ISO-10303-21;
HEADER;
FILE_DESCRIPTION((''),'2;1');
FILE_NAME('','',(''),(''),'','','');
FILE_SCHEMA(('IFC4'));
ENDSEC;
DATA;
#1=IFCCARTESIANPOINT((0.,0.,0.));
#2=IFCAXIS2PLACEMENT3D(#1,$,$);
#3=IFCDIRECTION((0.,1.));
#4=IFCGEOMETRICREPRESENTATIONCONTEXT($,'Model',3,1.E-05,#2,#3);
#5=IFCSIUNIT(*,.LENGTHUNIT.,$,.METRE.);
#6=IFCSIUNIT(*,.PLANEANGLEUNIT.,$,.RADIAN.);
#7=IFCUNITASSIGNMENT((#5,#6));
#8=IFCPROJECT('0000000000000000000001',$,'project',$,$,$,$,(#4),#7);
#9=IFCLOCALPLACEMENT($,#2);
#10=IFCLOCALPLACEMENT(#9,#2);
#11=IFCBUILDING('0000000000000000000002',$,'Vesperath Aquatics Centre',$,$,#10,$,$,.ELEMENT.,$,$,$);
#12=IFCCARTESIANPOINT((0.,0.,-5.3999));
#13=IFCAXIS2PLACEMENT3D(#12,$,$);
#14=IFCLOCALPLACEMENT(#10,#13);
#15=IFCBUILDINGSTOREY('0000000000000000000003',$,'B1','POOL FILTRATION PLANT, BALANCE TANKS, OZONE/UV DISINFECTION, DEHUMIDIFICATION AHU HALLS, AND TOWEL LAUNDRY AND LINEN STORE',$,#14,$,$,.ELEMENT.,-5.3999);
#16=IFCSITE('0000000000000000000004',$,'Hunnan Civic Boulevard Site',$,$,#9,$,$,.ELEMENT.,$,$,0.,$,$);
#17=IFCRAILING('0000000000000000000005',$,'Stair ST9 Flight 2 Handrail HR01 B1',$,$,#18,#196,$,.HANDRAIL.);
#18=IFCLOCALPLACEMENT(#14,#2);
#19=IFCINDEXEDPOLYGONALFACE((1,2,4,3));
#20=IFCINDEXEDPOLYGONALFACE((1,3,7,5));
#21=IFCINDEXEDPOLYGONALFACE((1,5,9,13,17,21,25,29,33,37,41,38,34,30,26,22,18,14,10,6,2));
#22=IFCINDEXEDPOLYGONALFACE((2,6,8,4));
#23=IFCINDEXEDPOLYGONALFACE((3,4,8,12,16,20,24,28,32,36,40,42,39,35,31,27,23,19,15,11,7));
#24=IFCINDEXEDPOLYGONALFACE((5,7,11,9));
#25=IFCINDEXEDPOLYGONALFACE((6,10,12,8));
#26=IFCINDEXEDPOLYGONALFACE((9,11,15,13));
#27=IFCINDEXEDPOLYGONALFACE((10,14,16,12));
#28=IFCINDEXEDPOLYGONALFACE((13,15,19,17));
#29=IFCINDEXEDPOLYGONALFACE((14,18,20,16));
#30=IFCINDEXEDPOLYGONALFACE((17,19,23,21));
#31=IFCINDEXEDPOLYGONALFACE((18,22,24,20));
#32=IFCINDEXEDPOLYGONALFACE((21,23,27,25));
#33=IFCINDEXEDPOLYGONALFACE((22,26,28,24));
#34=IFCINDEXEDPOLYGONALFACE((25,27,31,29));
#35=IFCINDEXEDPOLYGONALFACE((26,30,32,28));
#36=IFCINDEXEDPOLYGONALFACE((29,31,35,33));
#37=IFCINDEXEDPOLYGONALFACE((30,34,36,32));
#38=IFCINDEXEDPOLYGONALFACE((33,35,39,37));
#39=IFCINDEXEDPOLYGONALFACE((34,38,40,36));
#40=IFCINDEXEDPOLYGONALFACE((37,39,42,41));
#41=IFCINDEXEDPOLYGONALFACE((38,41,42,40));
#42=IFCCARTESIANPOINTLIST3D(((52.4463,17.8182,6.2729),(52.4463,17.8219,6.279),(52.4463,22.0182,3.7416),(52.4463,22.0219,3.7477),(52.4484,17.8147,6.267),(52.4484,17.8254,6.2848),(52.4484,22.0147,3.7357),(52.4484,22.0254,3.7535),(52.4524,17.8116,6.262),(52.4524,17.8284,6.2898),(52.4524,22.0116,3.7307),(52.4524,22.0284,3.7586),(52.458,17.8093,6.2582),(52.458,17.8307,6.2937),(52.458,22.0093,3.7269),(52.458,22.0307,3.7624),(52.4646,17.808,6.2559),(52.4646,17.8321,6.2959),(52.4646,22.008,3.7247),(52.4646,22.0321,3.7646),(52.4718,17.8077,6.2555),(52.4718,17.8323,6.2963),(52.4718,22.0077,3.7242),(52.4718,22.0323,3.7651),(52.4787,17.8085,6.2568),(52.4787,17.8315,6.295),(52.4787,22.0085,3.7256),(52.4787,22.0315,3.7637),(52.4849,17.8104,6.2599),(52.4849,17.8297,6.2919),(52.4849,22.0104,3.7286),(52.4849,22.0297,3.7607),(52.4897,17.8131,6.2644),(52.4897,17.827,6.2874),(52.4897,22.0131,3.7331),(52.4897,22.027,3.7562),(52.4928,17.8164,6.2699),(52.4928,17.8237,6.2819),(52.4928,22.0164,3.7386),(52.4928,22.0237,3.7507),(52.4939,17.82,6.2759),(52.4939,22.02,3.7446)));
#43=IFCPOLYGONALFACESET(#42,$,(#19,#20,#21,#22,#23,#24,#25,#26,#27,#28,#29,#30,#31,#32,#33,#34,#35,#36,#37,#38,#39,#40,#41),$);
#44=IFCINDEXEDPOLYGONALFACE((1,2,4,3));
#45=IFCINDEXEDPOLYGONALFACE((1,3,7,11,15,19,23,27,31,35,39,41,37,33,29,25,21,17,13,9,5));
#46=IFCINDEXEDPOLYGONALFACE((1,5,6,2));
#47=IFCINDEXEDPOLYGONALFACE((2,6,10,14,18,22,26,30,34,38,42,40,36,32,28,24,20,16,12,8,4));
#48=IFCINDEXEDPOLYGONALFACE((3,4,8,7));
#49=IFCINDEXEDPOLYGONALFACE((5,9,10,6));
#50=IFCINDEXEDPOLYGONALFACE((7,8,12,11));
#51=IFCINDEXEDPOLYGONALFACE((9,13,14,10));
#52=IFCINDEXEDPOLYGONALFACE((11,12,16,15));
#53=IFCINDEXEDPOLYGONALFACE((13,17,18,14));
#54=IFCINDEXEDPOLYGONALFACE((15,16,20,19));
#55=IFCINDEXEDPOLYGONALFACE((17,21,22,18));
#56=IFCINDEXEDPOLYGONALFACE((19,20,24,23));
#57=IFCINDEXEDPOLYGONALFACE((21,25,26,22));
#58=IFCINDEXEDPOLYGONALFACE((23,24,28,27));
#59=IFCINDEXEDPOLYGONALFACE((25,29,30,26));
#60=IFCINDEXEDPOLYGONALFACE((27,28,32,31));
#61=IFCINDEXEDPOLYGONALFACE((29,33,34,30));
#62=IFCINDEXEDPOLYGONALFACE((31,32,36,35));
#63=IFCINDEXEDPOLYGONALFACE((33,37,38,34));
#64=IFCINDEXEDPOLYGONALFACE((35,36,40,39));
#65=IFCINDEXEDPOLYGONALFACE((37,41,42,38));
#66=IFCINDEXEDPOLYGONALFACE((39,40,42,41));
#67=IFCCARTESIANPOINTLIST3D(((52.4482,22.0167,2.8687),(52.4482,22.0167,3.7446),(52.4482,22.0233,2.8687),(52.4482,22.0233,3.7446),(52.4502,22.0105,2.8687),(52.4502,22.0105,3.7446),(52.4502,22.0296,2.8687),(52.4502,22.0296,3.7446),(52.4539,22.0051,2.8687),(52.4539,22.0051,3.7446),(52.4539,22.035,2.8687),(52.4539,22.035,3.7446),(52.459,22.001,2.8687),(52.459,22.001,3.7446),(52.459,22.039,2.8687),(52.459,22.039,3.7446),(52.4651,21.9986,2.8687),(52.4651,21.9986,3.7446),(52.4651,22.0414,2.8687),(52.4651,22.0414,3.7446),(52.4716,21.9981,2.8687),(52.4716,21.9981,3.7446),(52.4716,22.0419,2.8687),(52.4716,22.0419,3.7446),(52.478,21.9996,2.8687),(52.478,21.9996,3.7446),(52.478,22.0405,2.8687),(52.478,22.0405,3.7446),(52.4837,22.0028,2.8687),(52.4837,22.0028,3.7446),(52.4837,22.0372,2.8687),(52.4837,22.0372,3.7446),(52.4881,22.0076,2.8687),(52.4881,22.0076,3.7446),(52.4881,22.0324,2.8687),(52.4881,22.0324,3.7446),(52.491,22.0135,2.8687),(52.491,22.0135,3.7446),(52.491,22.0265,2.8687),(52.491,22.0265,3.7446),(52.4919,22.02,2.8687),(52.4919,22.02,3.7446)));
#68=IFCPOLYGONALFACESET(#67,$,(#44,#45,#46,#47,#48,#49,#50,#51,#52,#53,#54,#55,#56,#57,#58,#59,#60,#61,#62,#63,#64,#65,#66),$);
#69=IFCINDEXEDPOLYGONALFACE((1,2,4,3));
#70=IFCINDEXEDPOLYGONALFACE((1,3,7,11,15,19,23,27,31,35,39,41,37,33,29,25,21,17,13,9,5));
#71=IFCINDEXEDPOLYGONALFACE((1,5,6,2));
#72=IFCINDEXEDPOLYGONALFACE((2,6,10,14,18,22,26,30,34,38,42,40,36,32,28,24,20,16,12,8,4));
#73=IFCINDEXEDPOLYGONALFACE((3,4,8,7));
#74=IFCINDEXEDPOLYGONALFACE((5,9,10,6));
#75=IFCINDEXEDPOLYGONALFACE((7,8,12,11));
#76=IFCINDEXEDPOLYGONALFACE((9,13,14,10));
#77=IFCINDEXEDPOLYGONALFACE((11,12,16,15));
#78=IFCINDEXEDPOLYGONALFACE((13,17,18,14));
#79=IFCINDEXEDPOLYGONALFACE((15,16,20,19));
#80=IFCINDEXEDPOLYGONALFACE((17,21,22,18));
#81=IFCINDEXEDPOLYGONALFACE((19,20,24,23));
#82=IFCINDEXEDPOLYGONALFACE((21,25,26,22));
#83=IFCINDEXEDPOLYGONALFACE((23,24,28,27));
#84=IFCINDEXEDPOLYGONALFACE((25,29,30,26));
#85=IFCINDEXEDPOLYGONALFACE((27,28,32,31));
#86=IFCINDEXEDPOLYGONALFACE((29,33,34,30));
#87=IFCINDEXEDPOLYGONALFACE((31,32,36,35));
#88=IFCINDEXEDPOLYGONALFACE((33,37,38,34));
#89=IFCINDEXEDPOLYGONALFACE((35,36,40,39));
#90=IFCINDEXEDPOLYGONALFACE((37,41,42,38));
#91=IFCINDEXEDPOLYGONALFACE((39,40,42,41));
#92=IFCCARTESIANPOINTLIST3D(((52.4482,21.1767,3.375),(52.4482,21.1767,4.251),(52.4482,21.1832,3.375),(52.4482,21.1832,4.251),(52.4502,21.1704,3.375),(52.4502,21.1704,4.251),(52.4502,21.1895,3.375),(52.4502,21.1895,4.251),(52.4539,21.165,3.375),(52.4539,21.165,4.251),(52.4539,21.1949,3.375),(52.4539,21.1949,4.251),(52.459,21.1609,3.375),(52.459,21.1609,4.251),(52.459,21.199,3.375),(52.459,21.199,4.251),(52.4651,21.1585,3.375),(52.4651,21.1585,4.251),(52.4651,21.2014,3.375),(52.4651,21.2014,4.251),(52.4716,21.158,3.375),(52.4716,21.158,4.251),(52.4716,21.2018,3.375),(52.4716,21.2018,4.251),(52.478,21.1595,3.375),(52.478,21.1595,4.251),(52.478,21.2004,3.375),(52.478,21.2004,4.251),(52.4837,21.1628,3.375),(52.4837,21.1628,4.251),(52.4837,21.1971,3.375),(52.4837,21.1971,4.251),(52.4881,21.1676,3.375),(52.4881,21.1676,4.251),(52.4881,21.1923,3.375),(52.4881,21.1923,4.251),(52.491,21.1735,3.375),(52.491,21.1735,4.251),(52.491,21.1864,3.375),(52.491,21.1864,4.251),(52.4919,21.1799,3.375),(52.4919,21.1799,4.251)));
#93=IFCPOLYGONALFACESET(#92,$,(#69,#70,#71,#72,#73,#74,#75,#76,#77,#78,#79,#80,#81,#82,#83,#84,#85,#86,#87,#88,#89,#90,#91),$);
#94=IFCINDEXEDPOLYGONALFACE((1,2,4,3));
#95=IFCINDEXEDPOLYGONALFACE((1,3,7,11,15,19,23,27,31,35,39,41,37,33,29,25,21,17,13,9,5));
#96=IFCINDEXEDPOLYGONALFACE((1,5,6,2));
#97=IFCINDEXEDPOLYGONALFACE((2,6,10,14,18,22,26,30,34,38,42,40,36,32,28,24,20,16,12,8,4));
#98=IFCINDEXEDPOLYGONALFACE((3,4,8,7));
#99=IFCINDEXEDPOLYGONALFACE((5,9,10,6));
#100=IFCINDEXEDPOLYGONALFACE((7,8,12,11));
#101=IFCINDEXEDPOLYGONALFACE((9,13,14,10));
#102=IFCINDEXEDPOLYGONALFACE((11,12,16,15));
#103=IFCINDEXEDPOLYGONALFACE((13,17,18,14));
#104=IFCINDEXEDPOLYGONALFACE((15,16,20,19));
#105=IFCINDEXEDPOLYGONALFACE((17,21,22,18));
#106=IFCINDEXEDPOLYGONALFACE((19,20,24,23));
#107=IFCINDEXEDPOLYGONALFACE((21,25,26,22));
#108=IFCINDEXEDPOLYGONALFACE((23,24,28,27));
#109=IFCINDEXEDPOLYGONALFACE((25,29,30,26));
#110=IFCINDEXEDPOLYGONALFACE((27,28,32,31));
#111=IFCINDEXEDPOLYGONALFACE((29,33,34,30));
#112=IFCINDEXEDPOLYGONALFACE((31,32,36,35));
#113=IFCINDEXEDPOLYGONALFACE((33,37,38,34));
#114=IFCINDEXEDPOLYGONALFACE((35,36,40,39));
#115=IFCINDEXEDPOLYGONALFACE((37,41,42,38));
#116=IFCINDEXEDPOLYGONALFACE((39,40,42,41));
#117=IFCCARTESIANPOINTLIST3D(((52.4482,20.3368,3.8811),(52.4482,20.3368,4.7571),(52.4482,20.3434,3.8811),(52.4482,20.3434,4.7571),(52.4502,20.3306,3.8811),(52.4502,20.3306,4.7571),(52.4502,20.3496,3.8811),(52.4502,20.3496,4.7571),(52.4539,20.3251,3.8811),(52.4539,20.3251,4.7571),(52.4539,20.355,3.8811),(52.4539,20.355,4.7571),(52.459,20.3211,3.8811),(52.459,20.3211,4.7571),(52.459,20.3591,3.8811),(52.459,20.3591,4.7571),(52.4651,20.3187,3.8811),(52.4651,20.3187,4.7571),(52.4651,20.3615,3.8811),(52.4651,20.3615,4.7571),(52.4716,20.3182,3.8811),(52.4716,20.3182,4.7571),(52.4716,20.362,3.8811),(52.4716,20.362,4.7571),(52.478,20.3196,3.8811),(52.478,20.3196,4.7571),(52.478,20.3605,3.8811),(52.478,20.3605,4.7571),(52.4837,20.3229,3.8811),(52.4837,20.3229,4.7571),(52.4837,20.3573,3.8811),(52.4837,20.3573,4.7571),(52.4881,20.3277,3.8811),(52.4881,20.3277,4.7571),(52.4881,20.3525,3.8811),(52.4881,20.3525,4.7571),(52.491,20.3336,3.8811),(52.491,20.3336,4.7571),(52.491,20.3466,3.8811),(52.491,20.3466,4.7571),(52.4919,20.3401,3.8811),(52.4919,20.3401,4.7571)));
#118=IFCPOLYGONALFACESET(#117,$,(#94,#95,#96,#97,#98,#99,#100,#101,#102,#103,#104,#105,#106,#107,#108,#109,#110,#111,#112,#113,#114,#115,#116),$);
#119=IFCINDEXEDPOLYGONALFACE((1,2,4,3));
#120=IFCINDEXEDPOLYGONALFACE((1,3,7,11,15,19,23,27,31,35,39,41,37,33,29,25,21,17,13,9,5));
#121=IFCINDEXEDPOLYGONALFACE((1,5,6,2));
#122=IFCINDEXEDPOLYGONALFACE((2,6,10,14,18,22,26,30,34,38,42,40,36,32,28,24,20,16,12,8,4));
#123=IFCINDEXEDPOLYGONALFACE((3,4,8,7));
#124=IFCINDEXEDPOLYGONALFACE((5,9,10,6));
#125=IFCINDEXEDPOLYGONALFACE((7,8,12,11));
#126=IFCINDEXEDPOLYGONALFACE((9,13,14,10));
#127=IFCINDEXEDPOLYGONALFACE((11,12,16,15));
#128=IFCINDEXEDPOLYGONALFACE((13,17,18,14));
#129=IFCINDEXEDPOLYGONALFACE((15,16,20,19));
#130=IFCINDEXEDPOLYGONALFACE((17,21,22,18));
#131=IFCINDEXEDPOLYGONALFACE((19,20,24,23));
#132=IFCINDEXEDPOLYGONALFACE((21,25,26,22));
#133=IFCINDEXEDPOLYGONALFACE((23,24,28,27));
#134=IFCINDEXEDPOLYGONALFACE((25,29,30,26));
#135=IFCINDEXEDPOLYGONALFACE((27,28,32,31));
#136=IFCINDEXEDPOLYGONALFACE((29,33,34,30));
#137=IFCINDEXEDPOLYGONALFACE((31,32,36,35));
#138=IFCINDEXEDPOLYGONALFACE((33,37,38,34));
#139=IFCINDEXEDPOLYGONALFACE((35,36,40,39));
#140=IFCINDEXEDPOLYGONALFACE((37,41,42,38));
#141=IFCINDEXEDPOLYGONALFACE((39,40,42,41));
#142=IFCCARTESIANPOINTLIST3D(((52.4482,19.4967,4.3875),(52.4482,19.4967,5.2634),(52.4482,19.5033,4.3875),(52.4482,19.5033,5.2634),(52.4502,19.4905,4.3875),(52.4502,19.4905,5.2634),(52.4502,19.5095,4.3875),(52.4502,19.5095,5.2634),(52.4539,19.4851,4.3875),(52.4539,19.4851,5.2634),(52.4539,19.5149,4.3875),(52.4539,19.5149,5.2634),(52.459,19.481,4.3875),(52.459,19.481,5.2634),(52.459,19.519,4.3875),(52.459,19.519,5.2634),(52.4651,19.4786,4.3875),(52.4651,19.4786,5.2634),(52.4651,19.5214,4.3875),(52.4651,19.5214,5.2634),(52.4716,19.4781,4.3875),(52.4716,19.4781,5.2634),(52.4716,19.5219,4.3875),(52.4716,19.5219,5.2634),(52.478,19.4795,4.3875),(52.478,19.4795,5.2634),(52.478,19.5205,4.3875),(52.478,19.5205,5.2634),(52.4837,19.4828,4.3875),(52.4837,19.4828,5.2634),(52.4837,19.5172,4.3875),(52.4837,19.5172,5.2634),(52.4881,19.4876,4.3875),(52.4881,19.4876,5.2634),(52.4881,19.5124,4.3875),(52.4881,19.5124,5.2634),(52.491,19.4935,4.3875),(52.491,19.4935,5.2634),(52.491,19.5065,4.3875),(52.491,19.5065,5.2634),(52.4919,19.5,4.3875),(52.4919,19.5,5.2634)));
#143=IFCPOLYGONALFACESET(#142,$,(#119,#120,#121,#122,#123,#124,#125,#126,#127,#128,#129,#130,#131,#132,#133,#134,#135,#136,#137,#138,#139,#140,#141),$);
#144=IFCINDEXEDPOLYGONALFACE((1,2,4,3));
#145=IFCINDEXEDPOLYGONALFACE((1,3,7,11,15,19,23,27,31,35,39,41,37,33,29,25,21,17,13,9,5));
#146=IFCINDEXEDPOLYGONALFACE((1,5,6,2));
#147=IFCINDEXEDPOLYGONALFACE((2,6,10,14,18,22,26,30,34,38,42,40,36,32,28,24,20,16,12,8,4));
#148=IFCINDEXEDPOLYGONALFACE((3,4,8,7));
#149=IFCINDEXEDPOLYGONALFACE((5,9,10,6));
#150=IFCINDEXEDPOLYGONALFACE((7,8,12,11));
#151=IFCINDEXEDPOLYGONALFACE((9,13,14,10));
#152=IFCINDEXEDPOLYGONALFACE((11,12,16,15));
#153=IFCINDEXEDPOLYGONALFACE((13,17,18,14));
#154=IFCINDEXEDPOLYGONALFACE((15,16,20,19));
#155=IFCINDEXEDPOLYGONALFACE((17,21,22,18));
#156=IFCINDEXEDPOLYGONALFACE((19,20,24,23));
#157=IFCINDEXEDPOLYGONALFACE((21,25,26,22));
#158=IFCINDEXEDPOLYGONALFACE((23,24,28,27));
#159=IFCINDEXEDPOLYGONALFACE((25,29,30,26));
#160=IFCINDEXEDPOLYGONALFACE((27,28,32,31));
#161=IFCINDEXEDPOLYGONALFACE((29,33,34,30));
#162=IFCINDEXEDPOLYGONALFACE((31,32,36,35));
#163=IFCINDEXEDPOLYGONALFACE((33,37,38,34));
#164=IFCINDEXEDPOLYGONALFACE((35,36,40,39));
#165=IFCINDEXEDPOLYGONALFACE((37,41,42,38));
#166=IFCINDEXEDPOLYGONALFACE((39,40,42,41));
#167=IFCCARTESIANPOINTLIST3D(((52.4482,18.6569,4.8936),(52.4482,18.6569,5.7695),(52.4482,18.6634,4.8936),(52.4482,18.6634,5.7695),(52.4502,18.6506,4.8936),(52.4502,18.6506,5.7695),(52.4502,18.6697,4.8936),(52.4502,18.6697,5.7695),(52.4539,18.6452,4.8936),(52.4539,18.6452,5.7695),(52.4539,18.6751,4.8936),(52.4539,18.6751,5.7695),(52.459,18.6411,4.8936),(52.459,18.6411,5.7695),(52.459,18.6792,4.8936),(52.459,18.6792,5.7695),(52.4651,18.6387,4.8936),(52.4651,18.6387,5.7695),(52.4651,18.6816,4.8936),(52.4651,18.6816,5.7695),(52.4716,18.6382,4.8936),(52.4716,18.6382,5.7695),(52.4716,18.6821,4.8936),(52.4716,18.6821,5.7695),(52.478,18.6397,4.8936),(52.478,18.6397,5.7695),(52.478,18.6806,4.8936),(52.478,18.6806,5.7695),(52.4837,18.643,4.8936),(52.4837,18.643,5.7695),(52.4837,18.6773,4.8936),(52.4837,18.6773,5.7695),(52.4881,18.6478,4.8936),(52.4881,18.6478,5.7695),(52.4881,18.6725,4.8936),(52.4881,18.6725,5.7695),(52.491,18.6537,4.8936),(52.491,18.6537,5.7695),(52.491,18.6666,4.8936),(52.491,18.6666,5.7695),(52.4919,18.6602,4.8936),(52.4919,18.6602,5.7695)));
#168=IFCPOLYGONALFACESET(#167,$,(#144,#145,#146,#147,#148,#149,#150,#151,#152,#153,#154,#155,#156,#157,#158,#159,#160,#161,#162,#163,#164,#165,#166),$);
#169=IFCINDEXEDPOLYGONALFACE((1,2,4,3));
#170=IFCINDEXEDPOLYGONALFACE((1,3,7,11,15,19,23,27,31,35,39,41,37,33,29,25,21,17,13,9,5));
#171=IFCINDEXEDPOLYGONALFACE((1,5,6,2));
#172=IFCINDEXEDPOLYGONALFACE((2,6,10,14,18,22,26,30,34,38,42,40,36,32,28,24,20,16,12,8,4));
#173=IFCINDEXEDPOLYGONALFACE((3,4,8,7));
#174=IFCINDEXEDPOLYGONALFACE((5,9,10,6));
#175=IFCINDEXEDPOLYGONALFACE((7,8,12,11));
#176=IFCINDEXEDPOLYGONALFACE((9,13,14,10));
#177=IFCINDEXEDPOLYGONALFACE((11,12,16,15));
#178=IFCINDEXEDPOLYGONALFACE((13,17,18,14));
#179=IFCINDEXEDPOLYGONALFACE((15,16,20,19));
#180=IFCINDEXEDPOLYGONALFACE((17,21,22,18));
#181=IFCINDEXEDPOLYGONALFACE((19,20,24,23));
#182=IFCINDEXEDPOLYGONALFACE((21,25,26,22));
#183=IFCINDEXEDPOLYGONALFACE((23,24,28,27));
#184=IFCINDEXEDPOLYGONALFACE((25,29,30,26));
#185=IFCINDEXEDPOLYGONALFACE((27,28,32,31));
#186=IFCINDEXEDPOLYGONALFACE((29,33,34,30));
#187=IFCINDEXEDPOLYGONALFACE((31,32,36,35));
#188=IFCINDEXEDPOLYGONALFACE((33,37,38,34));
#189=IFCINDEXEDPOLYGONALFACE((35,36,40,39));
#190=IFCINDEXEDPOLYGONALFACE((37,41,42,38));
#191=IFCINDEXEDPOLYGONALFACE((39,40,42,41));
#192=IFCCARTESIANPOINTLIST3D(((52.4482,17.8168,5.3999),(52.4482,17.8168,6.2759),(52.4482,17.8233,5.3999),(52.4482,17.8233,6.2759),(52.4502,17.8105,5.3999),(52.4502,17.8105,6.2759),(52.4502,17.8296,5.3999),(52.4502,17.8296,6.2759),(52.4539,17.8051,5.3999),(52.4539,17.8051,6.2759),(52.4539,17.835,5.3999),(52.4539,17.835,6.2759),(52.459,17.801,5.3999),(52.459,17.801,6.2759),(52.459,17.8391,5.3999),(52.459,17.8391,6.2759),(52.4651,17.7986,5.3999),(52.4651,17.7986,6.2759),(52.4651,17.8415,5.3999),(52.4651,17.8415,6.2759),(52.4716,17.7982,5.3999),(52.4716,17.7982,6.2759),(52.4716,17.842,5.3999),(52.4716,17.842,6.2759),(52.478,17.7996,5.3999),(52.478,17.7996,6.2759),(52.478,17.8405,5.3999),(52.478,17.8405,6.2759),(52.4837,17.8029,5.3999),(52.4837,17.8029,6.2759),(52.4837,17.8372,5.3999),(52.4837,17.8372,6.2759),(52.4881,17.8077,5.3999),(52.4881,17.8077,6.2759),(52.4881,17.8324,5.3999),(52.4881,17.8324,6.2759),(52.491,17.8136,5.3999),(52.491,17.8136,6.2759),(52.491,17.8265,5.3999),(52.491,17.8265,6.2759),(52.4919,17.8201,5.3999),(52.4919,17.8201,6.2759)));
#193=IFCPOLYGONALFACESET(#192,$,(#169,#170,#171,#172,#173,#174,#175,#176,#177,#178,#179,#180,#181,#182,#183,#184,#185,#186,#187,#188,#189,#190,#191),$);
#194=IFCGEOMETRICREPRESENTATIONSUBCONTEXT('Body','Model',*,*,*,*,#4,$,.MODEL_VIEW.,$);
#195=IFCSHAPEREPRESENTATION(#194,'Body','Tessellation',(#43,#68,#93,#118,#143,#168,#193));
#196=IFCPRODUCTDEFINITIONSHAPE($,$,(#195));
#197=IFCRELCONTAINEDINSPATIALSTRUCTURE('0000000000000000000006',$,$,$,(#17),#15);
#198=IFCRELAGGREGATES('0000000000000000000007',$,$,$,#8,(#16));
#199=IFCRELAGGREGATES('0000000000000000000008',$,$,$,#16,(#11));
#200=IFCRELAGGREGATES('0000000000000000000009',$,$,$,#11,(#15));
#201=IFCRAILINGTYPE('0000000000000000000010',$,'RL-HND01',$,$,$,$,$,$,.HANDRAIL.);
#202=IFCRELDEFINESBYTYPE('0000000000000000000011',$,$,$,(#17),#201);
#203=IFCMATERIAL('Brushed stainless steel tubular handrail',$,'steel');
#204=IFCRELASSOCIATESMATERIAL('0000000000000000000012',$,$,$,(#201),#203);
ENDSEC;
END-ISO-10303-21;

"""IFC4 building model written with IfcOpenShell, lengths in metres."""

from ifc_helpers import new_model, si_unit, direction, frame, origin, origin_2d, place, context, subcontext, project, spatial, circle, extrude, material, type_object, element, save


model = new_model("IFC4")

# Units and contexts
model_context = context("Model", 3, precision=1e-05, world=origin(), true_north=direction((0.0, 1.0)))
body_context = subcontext(model_context, "Body", "Model", "MODEL_VIEW")
ifc_project = project(units=[si_unit("LENGTHUNIT", "METRE"), si_unit("PLANEANGLEUNIT", "RADIAN")], contexts=[model_context])

# Site, building, storey
site_placement = place(None, origin())
site = spatial("IfcSite", under=ifc_project, at=site_placement, Name="Hunnan Civic Boulevard Site", CompositionType="ELEMENT", RefElevation=0.0)
building_placement = place(site_placement, origin())
building = spatial("IfcBuilding", under=site, at=building_placement, Name="Vesperath Aquatics Centre", CompositionType="ELEMENT")
storey_placement = place(building_placement, frame((0.0, 0.0, -5.3999)))
storey = spatial("IfcBuildingStorey", under=building, at=storey_placement, Name="B1", Description="POOL FILTRATION PLANT, BALANCE TANKS, OZONE/UV DISINFECTION, DEHUMIDIFICATION AHU HALLS, AND TOWEL LAUNDRY AND LINEN STORE", CompositionType="ELEMENT", Elevation=-5.3999)

# Railing
ifc_material_1 = material(Name="Brushed stainless steel tubular handrail", Category="steel")
railing_type_1 = type_object("IfcRailingType", Name="RL-HND01", PredefinedType="HANDRAIL", material=ifc_material_1)
railing_1_placement = place(storey_placement, frame((52.47, 22.02, 2.8687)))
element("IfcRailing", 1, at=railing_1_placement, inside=storey, type_object=railing_type_1, Name="Stair ST9 Flight 2 Handrail HR01 B1", PredefinedType="HANDRAIL", context=body_context, shape_type="SweptSolid", body=[
    extrude(circle(Radius=0.0239, at=origin_2d()), frame((0.0, 0.0, 0.876), z_axis=(0.0, -0.856476, 0.516186), x_axis=(1.0, 0.0, 0.0)), (0.0, 0.0, 1.0), 4.9038),
    extrude(circle(Radius=0.022, at=origin_2d()), origin(), (0.0, 0.0, 1.0), 0.876),
    extrude(circle(Radius=0.022, at=origin_2d()), frame((0.0, -0.8401, 0.5063)), (0.0, 0.0, 1.0), 0.876),
    extrude(circle(Radius=0.022, at=origin_2d()), frame((0.0, -1.6799, 1.0125)), (0.0, 0.0, 1.0), 0.876),
    extrude(circle(Radius=0.022, at=origin_2d()), frame((0.0, -2.52, 1.5188)), (0.0, 0.0, 1.0), 0.876),
    extrude(circle(Radius=0.022, at=origin_2d()), frame((0.0, -3.3599, 2.0249)), (0.0, 0.0, 1.0), 0.876),
    extrude(circle(Radius=0.022, at=origin_2d()), frame((0.0, -4.2, 2.5312)), (0.0, 0.0, 1.0), 0.876),
])

save(model, "model.ifc")
